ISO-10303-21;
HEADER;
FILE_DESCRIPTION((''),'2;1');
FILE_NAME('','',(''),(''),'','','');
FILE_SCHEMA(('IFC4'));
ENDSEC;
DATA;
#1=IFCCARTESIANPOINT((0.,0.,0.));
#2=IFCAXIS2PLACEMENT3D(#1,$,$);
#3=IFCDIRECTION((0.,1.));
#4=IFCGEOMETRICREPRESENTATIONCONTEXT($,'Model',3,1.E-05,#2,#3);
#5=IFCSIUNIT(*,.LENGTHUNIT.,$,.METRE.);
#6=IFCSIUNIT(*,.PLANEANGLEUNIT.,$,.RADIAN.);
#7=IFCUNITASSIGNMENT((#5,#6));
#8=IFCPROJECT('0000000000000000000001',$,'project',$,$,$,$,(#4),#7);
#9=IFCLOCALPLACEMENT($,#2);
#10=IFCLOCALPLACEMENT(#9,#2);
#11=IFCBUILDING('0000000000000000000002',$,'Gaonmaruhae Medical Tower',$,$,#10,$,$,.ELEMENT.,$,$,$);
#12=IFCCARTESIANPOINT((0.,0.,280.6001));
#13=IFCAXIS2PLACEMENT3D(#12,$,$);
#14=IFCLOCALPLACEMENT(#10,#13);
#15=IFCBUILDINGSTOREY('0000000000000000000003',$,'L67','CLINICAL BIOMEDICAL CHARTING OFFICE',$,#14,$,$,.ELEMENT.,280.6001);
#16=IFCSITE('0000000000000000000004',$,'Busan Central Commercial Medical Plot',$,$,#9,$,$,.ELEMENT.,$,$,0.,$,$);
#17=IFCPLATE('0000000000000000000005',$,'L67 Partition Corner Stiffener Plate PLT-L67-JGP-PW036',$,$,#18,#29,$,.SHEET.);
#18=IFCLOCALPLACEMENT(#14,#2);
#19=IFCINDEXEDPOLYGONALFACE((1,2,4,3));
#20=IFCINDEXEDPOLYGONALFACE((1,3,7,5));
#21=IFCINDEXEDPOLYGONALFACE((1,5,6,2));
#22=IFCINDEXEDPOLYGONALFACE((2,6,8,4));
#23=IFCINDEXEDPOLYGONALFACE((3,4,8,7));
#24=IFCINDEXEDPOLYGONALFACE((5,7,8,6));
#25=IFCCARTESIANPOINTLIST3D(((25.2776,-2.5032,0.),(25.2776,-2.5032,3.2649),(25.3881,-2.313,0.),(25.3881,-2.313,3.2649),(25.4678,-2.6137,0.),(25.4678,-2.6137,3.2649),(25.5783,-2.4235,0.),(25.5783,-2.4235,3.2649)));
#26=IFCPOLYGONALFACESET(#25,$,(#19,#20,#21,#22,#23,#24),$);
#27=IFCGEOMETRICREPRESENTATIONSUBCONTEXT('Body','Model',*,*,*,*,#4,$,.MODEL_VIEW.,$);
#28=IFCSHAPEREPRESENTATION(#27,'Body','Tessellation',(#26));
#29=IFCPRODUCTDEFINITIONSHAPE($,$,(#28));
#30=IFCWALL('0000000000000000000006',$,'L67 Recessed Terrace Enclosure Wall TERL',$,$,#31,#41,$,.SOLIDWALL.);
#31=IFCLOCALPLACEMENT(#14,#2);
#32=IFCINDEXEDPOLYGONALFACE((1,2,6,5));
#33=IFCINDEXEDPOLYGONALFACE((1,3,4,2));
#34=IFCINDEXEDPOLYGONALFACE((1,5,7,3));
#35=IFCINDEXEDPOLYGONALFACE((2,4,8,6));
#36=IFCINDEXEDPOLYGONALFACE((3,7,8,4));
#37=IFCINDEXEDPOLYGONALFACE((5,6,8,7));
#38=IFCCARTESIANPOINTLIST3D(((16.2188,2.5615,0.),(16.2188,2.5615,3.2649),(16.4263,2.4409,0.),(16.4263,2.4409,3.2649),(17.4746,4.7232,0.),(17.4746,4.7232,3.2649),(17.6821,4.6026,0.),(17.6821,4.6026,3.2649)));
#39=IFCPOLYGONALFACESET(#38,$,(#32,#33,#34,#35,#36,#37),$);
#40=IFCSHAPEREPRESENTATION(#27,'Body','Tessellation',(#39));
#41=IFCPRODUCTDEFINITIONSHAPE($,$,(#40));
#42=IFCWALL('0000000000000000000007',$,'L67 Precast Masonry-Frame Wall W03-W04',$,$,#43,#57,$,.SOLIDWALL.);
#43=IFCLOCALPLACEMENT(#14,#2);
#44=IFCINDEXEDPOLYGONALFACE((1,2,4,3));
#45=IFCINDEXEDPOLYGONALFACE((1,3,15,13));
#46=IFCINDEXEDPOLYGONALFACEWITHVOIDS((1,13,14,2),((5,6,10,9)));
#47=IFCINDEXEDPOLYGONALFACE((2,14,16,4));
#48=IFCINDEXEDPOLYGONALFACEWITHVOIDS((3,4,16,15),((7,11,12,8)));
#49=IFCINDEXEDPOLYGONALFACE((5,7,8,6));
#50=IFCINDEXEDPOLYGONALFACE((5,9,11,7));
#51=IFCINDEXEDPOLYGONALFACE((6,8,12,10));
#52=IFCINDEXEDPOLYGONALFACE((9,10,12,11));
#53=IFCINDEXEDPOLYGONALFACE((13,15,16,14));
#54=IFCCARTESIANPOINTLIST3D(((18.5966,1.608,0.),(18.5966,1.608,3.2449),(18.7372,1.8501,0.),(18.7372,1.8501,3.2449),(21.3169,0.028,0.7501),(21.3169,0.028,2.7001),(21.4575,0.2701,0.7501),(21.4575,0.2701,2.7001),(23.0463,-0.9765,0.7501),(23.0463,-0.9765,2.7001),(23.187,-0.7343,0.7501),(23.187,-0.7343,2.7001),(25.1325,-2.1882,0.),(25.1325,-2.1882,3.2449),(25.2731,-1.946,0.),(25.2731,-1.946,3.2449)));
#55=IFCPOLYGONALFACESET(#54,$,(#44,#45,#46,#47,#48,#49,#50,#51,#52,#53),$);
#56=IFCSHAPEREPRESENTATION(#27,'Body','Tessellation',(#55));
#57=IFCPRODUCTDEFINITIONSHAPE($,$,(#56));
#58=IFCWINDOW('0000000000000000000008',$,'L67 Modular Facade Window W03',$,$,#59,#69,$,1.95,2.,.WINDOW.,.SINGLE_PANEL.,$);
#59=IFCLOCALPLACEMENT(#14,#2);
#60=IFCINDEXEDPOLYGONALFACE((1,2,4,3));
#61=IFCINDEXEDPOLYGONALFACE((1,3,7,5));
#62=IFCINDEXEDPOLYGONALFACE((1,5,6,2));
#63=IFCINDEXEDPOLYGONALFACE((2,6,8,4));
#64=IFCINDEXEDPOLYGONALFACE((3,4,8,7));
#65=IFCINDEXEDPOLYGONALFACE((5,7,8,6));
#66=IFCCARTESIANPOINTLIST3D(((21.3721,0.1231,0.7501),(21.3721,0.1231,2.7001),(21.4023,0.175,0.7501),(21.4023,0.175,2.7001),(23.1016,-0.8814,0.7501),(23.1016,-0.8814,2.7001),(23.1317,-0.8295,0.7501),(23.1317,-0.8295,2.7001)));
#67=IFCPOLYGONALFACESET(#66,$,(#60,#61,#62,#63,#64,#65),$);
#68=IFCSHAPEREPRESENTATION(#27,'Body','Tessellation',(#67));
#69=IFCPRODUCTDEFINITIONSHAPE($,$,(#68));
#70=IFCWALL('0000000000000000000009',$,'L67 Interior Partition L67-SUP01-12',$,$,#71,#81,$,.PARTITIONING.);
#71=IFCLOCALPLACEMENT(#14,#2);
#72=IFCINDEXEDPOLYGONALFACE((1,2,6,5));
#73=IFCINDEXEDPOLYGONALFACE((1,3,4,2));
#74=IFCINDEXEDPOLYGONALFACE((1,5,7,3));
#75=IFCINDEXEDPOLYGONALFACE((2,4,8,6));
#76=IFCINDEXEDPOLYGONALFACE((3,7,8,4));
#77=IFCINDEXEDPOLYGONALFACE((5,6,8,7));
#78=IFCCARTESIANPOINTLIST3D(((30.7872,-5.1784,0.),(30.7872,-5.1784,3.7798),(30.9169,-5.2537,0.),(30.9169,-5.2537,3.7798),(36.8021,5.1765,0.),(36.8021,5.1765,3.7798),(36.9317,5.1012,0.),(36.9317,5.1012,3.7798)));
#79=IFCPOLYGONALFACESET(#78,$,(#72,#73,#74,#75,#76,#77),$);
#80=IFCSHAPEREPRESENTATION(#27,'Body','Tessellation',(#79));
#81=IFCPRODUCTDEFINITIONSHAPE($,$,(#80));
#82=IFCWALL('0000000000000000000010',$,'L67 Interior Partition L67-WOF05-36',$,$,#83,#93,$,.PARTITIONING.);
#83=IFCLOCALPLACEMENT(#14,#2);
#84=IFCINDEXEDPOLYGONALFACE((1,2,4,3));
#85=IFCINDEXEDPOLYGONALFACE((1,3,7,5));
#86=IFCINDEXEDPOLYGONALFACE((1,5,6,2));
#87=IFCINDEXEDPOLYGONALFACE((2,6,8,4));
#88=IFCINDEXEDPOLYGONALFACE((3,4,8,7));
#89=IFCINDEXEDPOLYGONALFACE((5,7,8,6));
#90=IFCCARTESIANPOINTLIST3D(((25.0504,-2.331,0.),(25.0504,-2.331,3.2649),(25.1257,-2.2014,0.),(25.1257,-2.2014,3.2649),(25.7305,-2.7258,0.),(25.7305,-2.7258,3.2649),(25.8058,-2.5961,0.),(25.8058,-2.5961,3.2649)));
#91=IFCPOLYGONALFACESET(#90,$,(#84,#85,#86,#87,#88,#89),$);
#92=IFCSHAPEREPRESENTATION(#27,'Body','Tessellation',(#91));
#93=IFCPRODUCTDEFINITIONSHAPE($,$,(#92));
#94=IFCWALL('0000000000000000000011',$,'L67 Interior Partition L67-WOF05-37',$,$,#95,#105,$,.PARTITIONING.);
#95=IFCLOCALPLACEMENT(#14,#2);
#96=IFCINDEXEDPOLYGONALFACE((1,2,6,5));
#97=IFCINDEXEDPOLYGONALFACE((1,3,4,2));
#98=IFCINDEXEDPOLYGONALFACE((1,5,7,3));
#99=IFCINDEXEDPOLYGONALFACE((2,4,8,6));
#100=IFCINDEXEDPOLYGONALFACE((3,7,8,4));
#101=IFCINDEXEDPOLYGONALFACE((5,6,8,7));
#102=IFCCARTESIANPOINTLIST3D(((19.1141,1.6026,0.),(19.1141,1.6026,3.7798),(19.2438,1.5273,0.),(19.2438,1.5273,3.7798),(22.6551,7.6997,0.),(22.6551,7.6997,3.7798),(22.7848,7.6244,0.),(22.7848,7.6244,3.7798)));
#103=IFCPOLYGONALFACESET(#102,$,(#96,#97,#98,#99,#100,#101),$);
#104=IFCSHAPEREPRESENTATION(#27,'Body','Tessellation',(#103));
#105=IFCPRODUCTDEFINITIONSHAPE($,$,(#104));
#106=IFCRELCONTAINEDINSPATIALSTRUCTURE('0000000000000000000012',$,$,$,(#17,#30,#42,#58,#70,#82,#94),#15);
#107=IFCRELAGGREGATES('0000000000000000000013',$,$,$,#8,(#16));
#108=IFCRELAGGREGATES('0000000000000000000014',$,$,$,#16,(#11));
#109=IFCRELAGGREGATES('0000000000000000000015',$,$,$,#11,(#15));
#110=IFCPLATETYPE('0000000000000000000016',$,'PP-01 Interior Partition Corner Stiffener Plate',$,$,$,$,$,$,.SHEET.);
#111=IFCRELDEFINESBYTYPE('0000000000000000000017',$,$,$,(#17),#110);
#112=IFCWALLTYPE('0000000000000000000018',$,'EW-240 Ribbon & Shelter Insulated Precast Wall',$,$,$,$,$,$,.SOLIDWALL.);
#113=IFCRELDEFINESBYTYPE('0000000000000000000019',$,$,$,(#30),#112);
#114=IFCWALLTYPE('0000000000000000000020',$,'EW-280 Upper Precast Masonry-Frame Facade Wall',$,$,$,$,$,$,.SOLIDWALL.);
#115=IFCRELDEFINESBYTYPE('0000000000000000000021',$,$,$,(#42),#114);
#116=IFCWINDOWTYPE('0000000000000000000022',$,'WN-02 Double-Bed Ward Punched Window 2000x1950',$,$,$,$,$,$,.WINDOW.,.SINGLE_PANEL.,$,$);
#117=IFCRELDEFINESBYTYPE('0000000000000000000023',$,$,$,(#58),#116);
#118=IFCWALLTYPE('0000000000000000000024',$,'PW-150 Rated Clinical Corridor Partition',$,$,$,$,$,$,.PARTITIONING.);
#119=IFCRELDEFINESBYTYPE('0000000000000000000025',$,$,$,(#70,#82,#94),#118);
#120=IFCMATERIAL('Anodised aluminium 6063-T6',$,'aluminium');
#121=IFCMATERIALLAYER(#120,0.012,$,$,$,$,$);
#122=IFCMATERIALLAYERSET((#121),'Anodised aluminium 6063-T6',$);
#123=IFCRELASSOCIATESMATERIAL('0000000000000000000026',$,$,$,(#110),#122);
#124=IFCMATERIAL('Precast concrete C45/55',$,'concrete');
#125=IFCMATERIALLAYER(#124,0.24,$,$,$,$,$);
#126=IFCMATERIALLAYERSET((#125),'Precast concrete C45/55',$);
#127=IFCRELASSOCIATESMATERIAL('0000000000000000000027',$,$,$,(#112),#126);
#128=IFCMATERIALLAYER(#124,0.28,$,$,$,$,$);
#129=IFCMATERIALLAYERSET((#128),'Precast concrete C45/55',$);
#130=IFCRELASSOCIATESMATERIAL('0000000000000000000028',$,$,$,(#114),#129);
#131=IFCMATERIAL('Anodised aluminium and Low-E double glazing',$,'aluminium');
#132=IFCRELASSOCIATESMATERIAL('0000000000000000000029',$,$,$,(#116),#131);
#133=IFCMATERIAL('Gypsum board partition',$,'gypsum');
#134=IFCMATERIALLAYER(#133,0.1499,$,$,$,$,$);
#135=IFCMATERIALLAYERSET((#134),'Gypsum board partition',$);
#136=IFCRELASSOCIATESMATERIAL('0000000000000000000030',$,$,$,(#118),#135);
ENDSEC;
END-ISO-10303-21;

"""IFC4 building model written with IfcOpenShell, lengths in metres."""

from ifc_helpers import new_model, si_unit, direction, frame, frame_2d, origin, origin_2d, place, context, subcontext, project, spatial, rectangle, extrude, material, layer, layer_set, type_object, element, fill, save


model = new_model("IFC4")

# Units and contexts
model_context = context("Model", 3, precision=1e-05, world=origin(), true_north=direction((0.0, 1.0)))
body_context = subcontext(model_context, "Body", "Model", "MODEL_VIEW")
ifc_project = project(units=[si_unit("LENGTHUNIT", "METRE"), si_unit("PLANEANGLEUNIT", "RADIAN")], contexts=[model_context])

# Site, building, storey
site_placement = place(None, origin())
site = spatial("IfcSite", under=ifc_project, at=site_placement, Name="Busan Central Commercial Medical Plot", CompositionType="ELEMENT", RefElevation=0.0)
building_placement = place(site_placement, origin())
building = spatial("IfcBuilding", under=site, at=building_placement, Name="Gaonmaruhae Medical Tower", CompositionType="ELEMENT")
storey_placement = place(building_placement, frame((0.0, 0.0, 280.6001)))
storey = spatial("IfcBuildingStorey", under=building, at=storey_placement, Name="L67", Description="CLINICAL BIOMEDICAL CHARTING OFFICE", CompositionType="ELEMENT", Elevation=280.6001)

# Plate
ifc_material_1 = material(Name="Anodised aluminium 6063-T6", Category="aluminium")
ifc_layer_1 = layer(ifc_material_1, 0.012)
ifc_layer_set_1 = layer_set([ifc_layer_1], Name="Anodised aluminium 6063-T6")
plate_type = type_object("IfcPlateType", Name="PP-01 Interior Partition Corner Stiffener Plate", PredefinedType="SHEET", material=ifc_layer_set_1)
plate_1_placement = place(storey_placement, frame((25.428, -2.4634, 0.0), z_axis=(0.0, 0.0, 1.0), x_axis=(-0.864696, 0.502296, 0.0)))
element("IfcPlate", 1, at=plate_1_placement, inside=storey, type_object=plate_type, Name="L67 Partition Corner Stiffener Plate PLT-L67-JGP-PW036", PredefinedType="SHEET", context=body_context, shape_type="SweptSolid", body=[
    extrude(rectangle(XDim=0.22, YDim=0.22, at=origin_2d()), origin(), (0.0, 0.0, 1.0), 3.2649),
])

# Shared definitions
ifc_material_2 = material(Name="Precast concrete C45/55", Category="concrete")
ifc_layer_2 = layer(ifc_material_2, 0.24)
ifc_layer_set_2 = layer_set([ifc_layer_2], Name="Precast concrete C45/55")
wall_type_1 = type_object("IfcWallType", Name="EW-240 Ribbon & Shelter Insulated Precast Wall", PredefinedType="SOLIDWALL", material=ifc_layer_set_2)

# Wall
wall_1_placement = place(storey_placement, frame((16.3225, 2.5012, 0.0), z_axis=(0.0, 0.0, 1.0), x_axis=(0.502352, 0.864663, 0.0)))
element("IfcWall", 2, at=wall_1_placement, inside=storey, type_object=wall_type_1, Name="L67 Recessed Terrace Enclosure Wall TERL", PredefinedType="SOLIDWALL", context=body_context, shape_type="SweptSolid", body=[
    extrude(rectangle(XDim=2.5, YDim=0.24, at=frame_2d((1.25, 0.0))), origin(), (0.0, 0.0, 1.0), 3.2649),
])

# Wall, opening, window
ifc_layer_3 = layer(ifc_material_2, 0.28)
ifc_layer_set_3 = layer_set([ifc_layer_3], Name="Precast concrete C45/55")
wall_type_2 = type_object("IfcWallType", Name="EW-280 Upper Precast Masonry-Frame Facade Wall", PredefinedType="SOLIDWALL", material=ifc_layer_set_3)
wall_2_placement = place(storey_placement, frame((25.2029, -2.0671, 0.0), z_axis=(0.0, 0.0, 1.0), x_axis=(-0.864725, 0.502245, 0.0)))
wall_2 = element("IfcWall", 3, at=wall_2_placement, inside=storey, type_object=wall_type_2, Name="L67 Precast Masonry-Frame Wall W03-W04", PredefinedType="SOLIDWALL", context=body_context, shape_type="SweptSolid", body=[
    extrude(rectangle(XDim=7.5583, YDim=0.28, at=frame_2d((3.7793, 0.0))), origin(), (0.0, 0.0, 1.0), 3.2449),
])
opening_1_placement = place(wall_2_placement, frame((2.4126, 0.0, 0.75)))
opening_1 = element("IfcOpeningElement", 4, at=opening_1_placement, cuts=wall_2, PredefinedType="OPENING", context=body_context, shape_type="SweptSolid", body=[
    extrude(rectangle(XDim=2.0, YDim=1.95, at=frame_2d((1.0, 0.9751))), frame((0.0, 0.1499, 0.0), z_axis=(0.0, -1.0, 0.0), x_axis=(1.0, 0.0, 0.0)), (0.0, 0.0, 1.0), 0.3),
])
ifc_material_3 = material(Name="Anodised aluminium and Low-E double glazing", Category="aluminium")
window_type = type_object("IfcWindowType", Name="WN-02 Double-Bed Ward Punched Window 2000x1950", PartitioningType="SINGLE_PANEL", PredefinedType="WINDOW", material=ifc_material_3)
window_placement = place(opening_1_placement, origin())
window = element("IfcWindow", 5, at=window_placement, inside=storey, type_object=window_type, Name="L67 Modular Facade Window W03", OverallHeight=1.95, OverallWidth=2.0, PartitioningType="SINGLE_PANEL", PredefinedType="WINDOW", context=body_context, shape_type="SweptSolid", body=[
    extrude(rectangle(XDim=2.0, YDim=1.95, at=frame_2d((1.0, 0.9751))), frame((0.0, 0.03, 0.0), z_axis=(0.0, -1.0, 0.0), x_axis=(1.0, 0.0, 0.0)), (0.0, 0.0, 1.0), 0.0601),
])
fill(opening_1, window)

# Walls
ifc_material_4 = material(Name="Gypsum board partition", Category="gypsum")
ifc_layer_4 = layer(ifc_material_4, 0.1499)
ifc_layer_set_4 = layer_set([ifc_layer_4], Name="Gypsum board partition")
wall_type_3 = type_object("IfcWallType", Name="PW-150 Rated Clinical Corridor Partition", PredefinedType="PARTITIONING", material=ifc_layer_set_4)
wall_3_placement = place(storey_placement, frame((30.8521, -5.2161, 0.0), z_axis=(0.0, 0.0, 1.0), x_axis=(0.502281, 0.864705, 0.0)))
element("IfcWall", 6, at=wall_3_placement, inside=storey, type_object=wall_type_3, Name="L67 Interior Partition L67-SUP01-12", PredefinedType="PARTITIONING", context=body_context, shape_type="SweptSolid", body=[
    extrude(rectangle(XDim=11.9751, YDim=0.1499, at=frame_2d((5.9875, 0.0))), origin(), (0.0, 0.0, 1.0), 3.7798),
])
wall_4_placement = place(storey_placement, frame((25.7681, -2.6609, 0.0), z_axis=(0.0, 0.0, 1.0), x_axis=(-0.86488, 0.501978, 0.0)))
element("IfcWall", 7, at=wall_4_placement, inside=storey, type_object=wall_type_3, Name="L67 Interior Partition L67-WOF05-36", PredefinedType="PARTITIONING", context=body_context, shape_type="SweptSolid", body=[
    extrude(rectangle(XDim=0.7864, YDim=0.1499, at=frame_2d((0.3931, 0.0))), origin(), (0.0, 0.0, 1.0), 3.2649),
])
wall_5_placement = place(storey_placement, frame((19.179, 1.5649, 0.0), z_axis=(0.0, 0.0, 1.0), x_axis=(0.502212, 0.864744, 0.0)))
element("IfcWall", 8, at=wall_5_placement, inside=storey, type_object=wall_type_3, Name="L67 Interior Partition L67-WOF05-37", PredefinedType="PARTITIONING", context=body_context, shape_type="SweptSolid", body=[
    extrude(rectangle(XDim=7.0508, YDim=0.1499, at=frame_2d((3.5254, 0.0))), origin(), (0.0, 0.0, 1.0), 3.7798),
])

save(model, "model.ifc")
